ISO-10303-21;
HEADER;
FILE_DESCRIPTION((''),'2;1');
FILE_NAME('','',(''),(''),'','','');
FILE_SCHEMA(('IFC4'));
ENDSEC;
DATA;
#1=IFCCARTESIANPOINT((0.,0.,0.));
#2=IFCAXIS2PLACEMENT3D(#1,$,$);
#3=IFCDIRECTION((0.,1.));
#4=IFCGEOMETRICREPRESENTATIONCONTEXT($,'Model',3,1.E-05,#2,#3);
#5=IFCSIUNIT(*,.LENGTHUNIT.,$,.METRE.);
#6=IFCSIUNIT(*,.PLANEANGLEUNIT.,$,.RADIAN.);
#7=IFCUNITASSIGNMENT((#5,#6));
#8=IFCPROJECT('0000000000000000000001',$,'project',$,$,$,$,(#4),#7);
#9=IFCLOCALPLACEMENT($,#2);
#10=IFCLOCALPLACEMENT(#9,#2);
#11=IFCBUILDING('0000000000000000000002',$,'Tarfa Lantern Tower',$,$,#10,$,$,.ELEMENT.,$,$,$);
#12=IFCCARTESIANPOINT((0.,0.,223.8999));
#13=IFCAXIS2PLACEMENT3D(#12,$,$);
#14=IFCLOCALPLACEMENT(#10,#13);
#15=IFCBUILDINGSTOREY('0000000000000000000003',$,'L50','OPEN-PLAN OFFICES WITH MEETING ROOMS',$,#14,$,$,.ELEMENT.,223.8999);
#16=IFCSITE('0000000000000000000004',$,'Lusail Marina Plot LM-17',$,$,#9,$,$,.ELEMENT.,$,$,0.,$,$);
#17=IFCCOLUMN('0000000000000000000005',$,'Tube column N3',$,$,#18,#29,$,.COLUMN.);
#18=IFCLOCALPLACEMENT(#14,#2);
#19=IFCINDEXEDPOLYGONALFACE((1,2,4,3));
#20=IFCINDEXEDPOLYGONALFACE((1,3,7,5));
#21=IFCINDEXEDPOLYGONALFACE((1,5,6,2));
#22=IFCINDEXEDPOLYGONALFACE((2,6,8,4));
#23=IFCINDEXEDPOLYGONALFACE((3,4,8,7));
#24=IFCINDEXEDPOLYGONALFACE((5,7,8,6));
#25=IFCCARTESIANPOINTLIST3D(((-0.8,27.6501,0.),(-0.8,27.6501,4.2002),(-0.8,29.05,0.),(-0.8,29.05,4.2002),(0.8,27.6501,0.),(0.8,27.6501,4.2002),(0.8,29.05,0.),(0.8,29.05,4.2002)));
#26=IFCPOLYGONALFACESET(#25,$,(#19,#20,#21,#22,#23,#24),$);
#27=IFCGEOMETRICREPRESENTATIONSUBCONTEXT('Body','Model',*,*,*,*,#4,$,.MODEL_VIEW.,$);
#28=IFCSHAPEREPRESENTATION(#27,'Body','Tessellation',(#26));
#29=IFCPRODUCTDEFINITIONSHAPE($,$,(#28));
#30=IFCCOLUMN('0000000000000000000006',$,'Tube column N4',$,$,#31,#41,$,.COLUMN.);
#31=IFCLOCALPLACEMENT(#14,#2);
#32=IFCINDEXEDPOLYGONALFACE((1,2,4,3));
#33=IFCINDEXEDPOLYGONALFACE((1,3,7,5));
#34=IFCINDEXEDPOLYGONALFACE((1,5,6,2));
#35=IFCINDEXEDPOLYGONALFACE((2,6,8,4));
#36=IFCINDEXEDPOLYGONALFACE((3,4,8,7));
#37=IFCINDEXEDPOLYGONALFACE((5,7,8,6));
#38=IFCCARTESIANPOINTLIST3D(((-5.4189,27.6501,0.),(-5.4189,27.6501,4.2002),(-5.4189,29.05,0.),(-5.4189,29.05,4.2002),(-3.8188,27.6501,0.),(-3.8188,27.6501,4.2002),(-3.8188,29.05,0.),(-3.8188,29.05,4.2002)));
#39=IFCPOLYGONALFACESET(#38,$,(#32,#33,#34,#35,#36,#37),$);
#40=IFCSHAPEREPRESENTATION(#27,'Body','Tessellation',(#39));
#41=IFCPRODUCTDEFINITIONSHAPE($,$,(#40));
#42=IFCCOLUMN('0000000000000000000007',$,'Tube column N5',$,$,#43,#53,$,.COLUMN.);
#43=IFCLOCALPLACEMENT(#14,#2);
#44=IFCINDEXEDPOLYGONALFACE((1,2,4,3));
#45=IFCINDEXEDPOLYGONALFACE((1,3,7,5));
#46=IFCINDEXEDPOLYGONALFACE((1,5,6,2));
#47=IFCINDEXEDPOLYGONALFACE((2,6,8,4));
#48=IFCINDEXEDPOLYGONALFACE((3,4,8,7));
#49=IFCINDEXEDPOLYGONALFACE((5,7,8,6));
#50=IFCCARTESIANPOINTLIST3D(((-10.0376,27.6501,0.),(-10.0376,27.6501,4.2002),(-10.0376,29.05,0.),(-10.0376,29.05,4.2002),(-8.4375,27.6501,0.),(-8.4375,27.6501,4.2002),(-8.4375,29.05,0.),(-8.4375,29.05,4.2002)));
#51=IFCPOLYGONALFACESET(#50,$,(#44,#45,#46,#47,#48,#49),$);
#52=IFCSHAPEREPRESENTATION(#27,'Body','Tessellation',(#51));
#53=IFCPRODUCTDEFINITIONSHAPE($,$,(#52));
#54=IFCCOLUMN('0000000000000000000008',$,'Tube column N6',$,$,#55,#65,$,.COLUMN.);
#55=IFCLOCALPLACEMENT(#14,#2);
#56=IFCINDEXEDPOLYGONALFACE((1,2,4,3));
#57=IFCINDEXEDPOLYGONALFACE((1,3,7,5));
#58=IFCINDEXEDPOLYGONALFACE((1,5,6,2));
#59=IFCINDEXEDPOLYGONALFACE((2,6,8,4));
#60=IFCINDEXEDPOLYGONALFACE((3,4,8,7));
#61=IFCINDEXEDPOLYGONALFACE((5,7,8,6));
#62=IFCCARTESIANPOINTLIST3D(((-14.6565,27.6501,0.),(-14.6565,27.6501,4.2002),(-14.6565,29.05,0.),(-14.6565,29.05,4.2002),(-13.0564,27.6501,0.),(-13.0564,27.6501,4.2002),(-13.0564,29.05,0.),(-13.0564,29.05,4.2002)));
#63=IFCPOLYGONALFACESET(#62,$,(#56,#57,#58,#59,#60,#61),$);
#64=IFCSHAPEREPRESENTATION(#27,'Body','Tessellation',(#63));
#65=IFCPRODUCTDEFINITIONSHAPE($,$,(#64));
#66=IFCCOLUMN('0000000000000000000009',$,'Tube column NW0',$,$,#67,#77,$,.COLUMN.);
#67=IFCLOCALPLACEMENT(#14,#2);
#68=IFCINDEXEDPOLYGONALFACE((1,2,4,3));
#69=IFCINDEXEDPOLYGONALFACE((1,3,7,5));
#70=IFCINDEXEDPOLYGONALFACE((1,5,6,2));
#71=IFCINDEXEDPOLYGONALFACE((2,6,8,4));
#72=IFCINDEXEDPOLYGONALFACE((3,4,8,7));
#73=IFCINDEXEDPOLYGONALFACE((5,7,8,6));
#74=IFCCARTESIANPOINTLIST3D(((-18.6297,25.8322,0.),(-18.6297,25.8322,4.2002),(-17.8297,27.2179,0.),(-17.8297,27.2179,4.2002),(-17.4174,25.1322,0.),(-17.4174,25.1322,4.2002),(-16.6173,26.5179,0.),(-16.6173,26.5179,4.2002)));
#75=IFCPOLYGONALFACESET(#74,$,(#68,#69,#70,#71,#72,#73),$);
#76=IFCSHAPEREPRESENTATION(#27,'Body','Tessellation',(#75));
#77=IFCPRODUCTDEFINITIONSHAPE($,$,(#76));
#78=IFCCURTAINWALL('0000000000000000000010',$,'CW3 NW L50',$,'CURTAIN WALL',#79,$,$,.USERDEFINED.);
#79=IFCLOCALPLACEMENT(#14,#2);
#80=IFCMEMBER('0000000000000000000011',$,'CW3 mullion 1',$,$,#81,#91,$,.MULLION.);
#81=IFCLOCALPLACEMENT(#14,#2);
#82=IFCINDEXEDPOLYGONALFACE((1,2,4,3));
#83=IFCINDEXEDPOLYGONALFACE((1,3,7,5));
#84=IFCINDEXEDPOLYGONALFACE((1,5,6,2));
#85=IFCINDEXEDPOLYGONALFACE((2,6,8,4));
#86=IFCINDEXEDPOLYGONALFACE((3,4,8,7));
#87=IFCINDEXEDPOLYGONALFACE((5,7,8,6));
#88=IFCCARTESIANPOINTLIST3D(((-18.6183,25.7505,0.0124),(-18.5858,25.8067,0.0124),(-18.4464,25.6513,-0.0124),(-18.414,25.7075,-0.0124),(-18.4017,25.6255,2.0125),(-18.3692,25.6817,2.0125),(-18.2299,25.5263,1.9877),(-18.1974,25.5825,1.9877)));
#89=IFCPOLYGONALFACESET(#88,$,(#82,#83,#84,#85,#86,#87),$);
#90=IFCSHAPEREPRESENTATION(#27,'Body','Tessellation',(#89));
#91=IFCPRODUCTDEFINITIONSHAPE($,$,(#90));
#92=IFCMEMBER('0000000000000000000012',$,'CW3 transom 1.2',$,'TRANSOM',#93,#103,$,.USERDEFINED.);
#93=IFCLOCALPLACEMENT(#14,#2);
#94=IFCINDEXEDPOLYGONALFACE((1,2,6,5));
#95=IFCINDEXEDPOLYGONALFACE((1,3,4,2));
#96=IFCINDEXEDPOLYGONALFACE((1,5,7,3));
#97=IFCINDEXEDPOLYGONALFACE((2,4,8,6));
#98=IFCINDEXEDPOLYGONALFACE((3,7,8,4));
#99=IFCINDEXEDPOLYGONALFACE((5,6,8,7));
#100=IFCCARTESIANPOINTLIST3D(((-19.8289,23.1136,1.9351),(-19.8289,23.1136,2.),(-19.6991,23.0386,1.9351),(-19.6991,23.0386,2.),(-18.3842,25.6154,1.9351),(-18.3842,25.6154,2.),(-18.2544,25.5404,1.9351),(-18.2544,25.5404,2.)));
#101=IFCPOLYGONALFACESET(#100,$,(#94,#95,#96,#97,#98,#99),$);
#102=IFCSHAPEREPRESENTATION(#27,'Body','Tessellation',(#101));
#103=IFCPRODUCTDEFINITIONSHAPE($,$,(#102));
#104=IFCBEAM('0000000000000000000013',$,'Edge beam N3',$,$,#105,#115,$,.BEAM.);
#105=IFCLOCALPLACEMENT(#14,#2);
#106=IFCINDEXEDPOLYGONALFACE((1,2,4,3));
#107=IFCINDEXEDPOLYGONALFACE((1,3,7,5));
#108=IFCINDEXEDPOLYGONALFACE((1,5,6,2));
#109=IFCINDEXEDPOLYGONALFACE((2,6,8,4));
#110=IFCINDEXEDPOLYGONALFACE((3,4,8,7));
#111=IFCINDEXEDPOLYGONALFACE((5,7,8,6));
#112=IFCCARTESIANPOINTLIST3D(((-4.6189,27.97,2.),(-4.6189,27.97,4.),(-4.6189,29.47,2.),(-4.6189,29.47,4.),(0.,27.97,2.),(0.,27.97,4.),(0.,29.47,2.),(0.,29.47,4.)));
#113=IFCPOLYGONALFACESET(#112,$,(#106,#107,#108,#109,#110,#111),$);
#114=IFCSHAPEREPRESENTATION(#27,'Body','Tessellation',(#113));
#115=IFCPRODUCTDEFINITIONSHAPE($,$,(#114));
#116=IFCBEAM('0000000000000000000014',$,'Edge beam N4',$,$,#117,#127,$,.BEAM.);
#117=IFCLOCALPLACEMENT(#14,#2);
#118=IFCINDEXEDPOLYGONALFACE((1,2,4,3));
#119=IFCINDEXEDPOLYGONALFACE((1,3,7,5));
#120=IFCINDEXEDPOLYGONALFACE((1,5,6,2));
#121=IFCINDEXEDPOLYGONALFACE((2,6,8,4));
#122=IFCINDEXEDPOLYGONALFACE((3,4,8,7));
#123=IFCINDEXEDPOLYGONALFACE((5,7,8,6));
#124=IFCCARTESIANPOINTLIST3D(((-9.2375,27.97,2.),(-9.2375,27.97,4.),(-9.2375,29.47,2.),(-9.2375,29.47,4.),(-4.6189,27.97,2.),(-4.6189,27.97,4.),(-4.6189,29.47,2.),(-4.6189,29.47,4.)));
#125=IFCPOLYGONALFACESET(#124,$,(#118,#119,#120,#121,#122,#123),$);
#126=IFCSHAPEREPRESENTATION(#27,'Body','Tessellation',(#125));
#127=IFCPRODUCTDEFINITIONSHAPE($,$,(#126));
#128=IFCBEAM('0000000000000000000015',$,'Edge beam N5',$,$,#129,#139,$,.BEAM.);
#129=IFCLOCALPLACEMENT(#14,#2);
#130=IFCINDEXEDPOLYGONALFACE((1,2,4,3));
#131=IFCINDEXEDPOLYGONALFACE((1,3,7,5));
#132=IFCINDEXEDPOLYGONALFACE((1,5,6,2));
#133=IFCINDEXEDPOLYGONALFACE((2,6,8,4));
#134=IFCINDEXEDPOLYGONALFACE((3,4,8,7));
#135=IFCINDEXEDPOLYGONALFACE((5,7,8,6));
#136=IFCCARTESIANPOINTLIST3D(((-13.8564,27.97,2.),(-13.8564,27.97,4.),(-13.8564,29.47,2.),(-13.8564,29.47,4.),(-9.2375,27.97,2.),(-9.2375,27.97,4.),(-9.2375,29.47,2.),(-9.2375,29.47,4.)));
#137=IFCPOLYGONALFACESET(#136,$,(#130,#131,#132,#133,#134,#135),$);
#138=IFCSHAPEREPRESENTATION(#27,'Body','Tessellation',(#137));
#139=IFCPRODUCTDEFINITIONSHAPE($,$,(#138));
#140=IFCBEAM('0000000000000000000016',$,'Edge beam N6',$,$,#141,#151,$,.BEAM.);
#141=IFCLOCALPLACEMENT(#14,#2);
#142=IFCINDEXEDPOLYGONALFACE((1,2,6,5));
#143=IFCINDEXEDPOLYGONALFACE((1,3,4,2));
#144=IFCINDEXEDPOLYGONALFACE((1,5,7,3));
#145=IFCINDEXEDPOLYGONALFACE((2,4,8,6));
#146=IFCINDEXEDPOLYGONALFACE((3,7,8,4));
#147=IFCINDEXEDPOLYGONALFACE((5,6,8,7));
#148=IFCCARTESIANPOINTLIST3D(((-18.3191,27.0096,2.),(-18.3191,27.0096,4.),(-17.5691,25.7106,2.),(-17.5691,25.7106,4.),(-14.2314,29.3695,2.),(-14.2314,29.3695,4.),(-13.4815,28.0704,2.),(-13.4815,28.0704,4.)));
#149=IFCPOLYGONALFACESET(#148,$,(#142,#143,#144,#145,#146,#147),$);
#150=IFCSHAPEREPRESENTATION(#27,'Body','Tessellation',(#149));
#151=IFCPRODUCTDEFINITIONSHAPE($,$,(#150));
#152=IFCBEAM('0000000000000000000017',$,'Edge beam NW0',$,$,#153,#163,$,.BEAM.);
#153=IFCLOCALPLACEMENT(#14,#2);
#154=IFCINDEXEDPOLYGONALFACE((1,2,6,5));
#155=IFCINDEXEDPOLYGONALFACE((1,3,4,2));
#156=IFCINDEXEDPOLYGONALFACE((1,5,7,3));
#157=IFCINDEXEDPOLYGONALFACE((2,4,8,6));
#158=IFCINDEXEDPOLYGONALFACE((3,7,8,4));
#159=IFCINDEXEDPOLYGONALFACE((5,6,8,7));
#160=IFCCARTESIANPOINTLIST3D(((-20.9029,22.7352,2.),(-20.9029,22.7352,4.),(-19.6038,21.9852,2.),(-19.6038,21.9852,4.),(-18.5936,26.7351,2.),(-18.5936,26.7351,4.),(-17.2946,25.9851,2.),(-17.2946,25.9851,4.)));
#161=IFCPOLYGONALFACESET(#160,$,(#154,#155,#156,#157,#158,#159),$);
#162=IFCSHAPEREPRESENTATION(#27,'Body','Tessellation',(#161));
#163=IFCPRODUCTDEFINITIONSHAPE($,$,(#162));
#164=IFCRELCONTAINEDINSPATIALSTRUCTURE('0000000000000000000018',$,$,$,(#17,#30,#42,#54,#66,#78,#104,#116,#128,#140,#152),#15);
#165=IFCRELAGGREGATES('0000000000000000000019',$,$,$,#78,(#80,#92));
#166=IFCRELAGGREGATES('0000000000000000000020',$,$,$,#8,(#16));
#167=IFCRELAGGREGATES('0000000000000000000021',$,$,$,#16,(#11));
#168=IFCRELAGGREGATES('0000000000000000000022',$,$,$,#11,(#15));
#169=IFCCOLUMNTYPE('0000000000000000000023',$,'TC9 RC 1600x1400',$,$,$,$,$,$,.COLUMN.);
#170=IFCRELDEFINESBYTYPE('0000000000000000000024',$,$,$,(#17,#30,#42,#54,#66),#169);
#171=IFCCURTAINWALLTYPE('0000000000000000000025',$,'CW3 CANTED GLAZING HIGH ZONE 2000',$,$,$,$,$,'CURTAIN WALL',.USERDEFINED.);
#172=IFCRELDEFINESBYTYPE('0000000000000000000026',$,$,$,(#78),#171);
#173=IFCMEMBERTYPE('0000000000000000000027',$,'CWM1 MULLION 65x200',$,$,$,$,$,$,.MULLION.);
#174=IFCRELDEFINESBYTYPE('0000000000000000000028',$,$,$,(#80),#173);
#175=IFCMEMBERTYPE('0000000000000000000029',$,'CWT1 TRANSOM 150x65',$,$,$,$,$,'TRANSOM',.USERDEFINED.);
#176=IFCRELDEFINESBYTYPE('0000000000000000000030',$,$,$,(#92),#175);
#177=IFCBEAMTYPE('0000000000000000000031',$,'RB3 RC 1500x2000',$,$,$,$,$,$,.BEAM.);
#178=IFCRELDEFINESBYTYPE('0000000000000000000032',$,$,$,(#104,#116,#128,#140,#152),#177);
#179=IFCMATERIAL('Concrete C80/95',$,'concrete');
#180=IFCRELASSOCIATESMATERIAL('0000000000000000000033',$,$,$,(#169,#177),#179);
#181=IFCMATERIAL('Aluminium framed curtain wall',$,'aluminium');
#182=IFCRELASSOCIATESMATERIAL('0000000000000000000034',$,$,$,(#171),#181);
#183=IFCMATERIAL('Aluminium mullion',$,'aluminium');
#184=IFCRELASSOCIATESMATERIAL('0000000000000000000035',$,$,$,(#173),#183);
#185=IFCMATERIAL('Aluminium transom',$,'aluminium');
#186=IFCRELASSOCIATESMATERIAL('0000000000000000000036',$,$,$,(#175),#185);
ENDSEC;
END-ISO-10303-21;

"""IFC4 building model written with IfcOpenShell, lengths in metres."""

from ifc_helpers import new_model, si_unit, direction, frame, origin, origin_2d, place, context, subcontext, project, spatial, rectangle, extrude, material, material_profile, profile_set, type_object, element, aggregate, save


model = new_model("IFC4")

# Units and contexts
model_context = context("Model", 3, precision=1e-05, world=origin(), true_north=direction((0.0, 1.0)))
body_context = subcontext(model_context, "Body", "Model", "MODEL_VIEW")
ifc_project = project(units=[si_unit("LENGTHUNIT", "METRE"), si_unit("PLANEANGLEUNIT", "RADIAN")], contexts=[model_context])

# Site, building, storey
site_placement = place(None, origin())
site = spatial("IfcSite", under=ifc_project, at=site_placement, Name="Lusail Marina Plot LM-17", CompositionType="ELEMENT", RefElevation=0.0)
building_placement = place(site_placement, origin())
building = spatial("IfcBuilding", under=site, at=building_placement, Name="Tarfa Lantern Tower", CompositionType="ELEMENT")
storey_placement = place(building_placement, frame((0.0, 0.0, 223.8999)))
storey = spatial("IfcBuildingStorey", under=building, at=storey_placement, Name="L50", Description="OPEN-PLAN OFFICES WITH MEETING ROOMS", CompositionType="ELEMENT", Elevation=223.8999)

# Columns
ifc_material_1 = material(Name="Concrete C80/95", Category="concrete")
ifc_material_profile_1 = material_profile(ifc_material_1, rectangle(XDim=1.6001, YDim=1.3999, at=origin_2d()), Name="RC 1600x1400")
ifc_profile_set_1 = profile_set([ifc_material_profile_1], Name="Concrete C80/95")
column_type = type_object("IfcColumnType", Name="TC9 RC 1600x1400", PredefinedType="COLUMN", material=ifc_profile_set_1)
for number, where, z_axis, x_axis, name in (
    (1, (0.0, 28.3501, 0.0), (0.0, 0.0, 1.0), (-1.0, 0.0, 0.0), "Tube column N3"),
    (2, (-4.6189, 28.3501, 0.0), (0.0, 0.0, 1.0), (-1.0, 0.0, 0.0), "Tube column N4"),
    (3, (-9.2375, 28.3501, 0.0), (0.0, 0.0, 1.0), (-1.0, 0.0, 0.0), "Tube column N5"),
    (4, (-13.8564, 28.3501, 0.0), (0.0, 0.0, 1.0), (-1.0, 0.0, 0.0), "Tube column N6"),
    (5, (-17.6235, 26.175, 0.0), (0.0, 0.0, 1.0), (-0.5, -0.866025, 0.0), "Tube column NW0"),
):
    element("IfcColumn", number, at=place(storey_placement, frame(where, z_axis=z_axis, x_axis=x_axis)), inside=storey, type_object=column_type, Name=name, PredefinedType="COLUMN", context=body_context, shape_type="SweptSolid", body=[
        extrude(rectangle(XDim=1.6001, YDim=1.3999, at=origin_2d()), origin(), (0.0, 0.0, 1.0), 4.2002),
    ])

# Curtain wall, members
ifc_material_2 = material(Name="Aluminium framed curtain wall", Category="aluminium")
curtain_wall_type = type_object("IfcCurtainWallType", Name="CW3 CANTED GLAZING HIGH ZONE 2000", ElementType="CURTAIN WALL", PredefinedType="USERDEFINED", material=ifc_material_2)
curtain_wall_placement = place(storey_placement, origin())
curtain_wall = element("IfcCurtainWall", 6, at=curtain_wall_placement, inside=storey, type_object=curtain_wall_type, Name="CW3 NW L50", ObjectType="CURTAIN WALL", PredefinedType="USERDEFINED")
ifc_material_3 = material(Name="Aluminium mullion", Category="aluminium")
ifc_material_profile_2 = material_profile(ifc_material_3, rectangle(XDim=0.0649, YDim=0.2, at=origin_2d()), Name="AL MULLION 65x200")
ifc_profile_set_2 = profile_set([ifc_material_profile_2], Name="Aluminium mullion")
member_type_1 = type_object("IfcMemberType", Name="CWM1 MULLION 65x200", PredefinedType="MULLION", material=ifc_profile_set_2)
member_1_placement = place(storey_placement, frame((-18.5161, 25.729, 0.0), z_axis=(0.10744, -0.062017, 0.992275), x_axis=(0.49992, 0.866072, 0.0)))
member_1 = element("IfcMember", 7, at=member_1_placement, type_object=member_type_1, Name="CW3 mullion 1", PredefinedType="MULLION", context=body_context, shape_type="SweptSolid", body=[
    extrude(rectangle(XDim=0.0649, YDim=0.2, at=origin_2d()), origin(), (0.0, 0.0, 1.0), 2.0156),
])
ifc_material_4 = material(Name="Aluminium transom", Category="aluminium")
ifc_material_profile_3 = material_profile(ifc_material_4, rectangle(XDim=0.1499, YDim=0.0649, at=origin_2d()), Name="AL TRANSOM 150x65")
ifc_profile_set_3 = profile_set([ifc_material_profile_3], Name="Aluminium transom")
member_type_2 = type_object("IfcMemberType", Name="CWT1 TRANSOM 150x65", ElementType="TRANSOM", PredefinedType="USERDEFINED", material=ifc_profile_set_3)
member_2_placement = place(storey_placement, frame((-18.3193, 25.5779, 1.9675), z_axis=(-0.500057, -0.865993, 0.0), x_axis=(0.865993, -0.500057, 0.0)))
member_2 = element("IfcMember", 8, at=member_2_placement, type_object=member_type_2, Name="CW3 transom 1.2", ObjectType="TRANSOM", PredefinedType="USERDEFINED", context=body_context, shape_type="SweptSolid", body=[
    extrude(rectangle(XDim=0.1499, YDim=0.0649, at=origin_2d()), origin(), (0.0, 0.0, 1.0), 2.8889),
])
aggregate(curtain_wall, [member_1, member_2])

# Beams
ifc_material_profile_4 = material_profile(ifc_material_1, rectangle(XDim=1.5, YDim=2.0, at=origin_2d()), Name="RC 1500x2000")
ifc_profile_set_4 = profile_set([ifc_material_profile_4], Name="Concrete C80/95")
beam_type_1 = type_object("IfcBeamType", Name="RB3 RC 1500x2000", PredefinedType="BEAM", material=ifc_profile_set_4)
beam_1_placement = place(storey_placement, frame((0.0, 28.72, 3.0), z_axis=(-1.0, 0.0, 0.0), x_axis=(0.0, -1.0, 0.0)))
element("IfcBeam", 9, at=beam_1_placement, inside=storey, type_object=beam_type_1, Name="Edge beam N3", PredefinedType="BEAM", context=body_context, shape_type="SweptSolid", body=[
    extrude(rectangle(XDim=1.5, YDim=2.0, at=origin_2d()), origin(), (0.0, 0.0, 1.0), 4.6189),
])
beam_2_placement = place(storey_placement, frame((-4.6189, 28.72, 3.0), z_axis=(-1.0, 0.0, 0.0), x_axis=(0.0, -1.0, 0.0)))
element("IfcBeam", 10, at=beam_2_placement, inside=storey, type_object=beam_type_1, Name="Edge beam N4", PredefinedType="BEAM", context=body_context, shape_type="SweptSolid", body=[
    extrude(rectangle(XDim=1.5, YDim=2.0, at=origin_2d()), origin(), (0.0, 0.0, 1.0), 4.6187),
])
beam_3_placement = place(storey_placement, frame((-9.2375, 28.72, 3.0), z_axis=(-1.0, 0.0, 0.0), x_axis=(0.0, -1.0, 0.0)))
element("IfcBeam", 11, at=beam_3_placement, inside=storey, type_object=beam_type_1, Name="Edge beam N5", PredefinedType="BEAM", context=body_context, shape_type="SweptSolid", body=[
    extrude(rectangle(XDim=1.5, YDim=2.0, at=origin_2d()), origin(), (0.0, 0.0, 1.0), 4.6189),
])
beam_4_placement = place(storey_placement, frame((-13.8564, 28.72, 3.0), z_axis=(-0.866038, -0.499978, 0.0), x_axis=(0.499978, -0.866038, 0.0)))
element("IfcBeam", 12, at=beam_4_placement, inside=storey, type_object=beam_type_1, Name="Edge beam N6", PredefinedType="BEAM", context=body_context, shape_type="SweptSolid", body=[
    extrude(rectangle(XDim=1.5, YDim=2.0, at=origin_2d()), origin(), (0.0, 0.0, 1.0), 4.72),
])
beam_5_placement = place(storey_placement, frame((-17.9441, 26.3601, 3.0), z_axis=(-0.499988, -0.866032, 0.0), x_axis=(0.866032, -0.499988, 0.0)))
element("IfcBeam", 13, at=beam_5_placement, inside=storey, type_object=beam_type_1, Name="Edge beam NW0", PredefinedType="BEAM", context=body_context, shape_type="SweptSolid", body=[
    extrude(rectangle(XDim=1.5, YDim=2.0, at=origin_2d()), origin(), (0.0, 0.0, 1.0), 4.6187),
])

save(model, "model.ifc")
